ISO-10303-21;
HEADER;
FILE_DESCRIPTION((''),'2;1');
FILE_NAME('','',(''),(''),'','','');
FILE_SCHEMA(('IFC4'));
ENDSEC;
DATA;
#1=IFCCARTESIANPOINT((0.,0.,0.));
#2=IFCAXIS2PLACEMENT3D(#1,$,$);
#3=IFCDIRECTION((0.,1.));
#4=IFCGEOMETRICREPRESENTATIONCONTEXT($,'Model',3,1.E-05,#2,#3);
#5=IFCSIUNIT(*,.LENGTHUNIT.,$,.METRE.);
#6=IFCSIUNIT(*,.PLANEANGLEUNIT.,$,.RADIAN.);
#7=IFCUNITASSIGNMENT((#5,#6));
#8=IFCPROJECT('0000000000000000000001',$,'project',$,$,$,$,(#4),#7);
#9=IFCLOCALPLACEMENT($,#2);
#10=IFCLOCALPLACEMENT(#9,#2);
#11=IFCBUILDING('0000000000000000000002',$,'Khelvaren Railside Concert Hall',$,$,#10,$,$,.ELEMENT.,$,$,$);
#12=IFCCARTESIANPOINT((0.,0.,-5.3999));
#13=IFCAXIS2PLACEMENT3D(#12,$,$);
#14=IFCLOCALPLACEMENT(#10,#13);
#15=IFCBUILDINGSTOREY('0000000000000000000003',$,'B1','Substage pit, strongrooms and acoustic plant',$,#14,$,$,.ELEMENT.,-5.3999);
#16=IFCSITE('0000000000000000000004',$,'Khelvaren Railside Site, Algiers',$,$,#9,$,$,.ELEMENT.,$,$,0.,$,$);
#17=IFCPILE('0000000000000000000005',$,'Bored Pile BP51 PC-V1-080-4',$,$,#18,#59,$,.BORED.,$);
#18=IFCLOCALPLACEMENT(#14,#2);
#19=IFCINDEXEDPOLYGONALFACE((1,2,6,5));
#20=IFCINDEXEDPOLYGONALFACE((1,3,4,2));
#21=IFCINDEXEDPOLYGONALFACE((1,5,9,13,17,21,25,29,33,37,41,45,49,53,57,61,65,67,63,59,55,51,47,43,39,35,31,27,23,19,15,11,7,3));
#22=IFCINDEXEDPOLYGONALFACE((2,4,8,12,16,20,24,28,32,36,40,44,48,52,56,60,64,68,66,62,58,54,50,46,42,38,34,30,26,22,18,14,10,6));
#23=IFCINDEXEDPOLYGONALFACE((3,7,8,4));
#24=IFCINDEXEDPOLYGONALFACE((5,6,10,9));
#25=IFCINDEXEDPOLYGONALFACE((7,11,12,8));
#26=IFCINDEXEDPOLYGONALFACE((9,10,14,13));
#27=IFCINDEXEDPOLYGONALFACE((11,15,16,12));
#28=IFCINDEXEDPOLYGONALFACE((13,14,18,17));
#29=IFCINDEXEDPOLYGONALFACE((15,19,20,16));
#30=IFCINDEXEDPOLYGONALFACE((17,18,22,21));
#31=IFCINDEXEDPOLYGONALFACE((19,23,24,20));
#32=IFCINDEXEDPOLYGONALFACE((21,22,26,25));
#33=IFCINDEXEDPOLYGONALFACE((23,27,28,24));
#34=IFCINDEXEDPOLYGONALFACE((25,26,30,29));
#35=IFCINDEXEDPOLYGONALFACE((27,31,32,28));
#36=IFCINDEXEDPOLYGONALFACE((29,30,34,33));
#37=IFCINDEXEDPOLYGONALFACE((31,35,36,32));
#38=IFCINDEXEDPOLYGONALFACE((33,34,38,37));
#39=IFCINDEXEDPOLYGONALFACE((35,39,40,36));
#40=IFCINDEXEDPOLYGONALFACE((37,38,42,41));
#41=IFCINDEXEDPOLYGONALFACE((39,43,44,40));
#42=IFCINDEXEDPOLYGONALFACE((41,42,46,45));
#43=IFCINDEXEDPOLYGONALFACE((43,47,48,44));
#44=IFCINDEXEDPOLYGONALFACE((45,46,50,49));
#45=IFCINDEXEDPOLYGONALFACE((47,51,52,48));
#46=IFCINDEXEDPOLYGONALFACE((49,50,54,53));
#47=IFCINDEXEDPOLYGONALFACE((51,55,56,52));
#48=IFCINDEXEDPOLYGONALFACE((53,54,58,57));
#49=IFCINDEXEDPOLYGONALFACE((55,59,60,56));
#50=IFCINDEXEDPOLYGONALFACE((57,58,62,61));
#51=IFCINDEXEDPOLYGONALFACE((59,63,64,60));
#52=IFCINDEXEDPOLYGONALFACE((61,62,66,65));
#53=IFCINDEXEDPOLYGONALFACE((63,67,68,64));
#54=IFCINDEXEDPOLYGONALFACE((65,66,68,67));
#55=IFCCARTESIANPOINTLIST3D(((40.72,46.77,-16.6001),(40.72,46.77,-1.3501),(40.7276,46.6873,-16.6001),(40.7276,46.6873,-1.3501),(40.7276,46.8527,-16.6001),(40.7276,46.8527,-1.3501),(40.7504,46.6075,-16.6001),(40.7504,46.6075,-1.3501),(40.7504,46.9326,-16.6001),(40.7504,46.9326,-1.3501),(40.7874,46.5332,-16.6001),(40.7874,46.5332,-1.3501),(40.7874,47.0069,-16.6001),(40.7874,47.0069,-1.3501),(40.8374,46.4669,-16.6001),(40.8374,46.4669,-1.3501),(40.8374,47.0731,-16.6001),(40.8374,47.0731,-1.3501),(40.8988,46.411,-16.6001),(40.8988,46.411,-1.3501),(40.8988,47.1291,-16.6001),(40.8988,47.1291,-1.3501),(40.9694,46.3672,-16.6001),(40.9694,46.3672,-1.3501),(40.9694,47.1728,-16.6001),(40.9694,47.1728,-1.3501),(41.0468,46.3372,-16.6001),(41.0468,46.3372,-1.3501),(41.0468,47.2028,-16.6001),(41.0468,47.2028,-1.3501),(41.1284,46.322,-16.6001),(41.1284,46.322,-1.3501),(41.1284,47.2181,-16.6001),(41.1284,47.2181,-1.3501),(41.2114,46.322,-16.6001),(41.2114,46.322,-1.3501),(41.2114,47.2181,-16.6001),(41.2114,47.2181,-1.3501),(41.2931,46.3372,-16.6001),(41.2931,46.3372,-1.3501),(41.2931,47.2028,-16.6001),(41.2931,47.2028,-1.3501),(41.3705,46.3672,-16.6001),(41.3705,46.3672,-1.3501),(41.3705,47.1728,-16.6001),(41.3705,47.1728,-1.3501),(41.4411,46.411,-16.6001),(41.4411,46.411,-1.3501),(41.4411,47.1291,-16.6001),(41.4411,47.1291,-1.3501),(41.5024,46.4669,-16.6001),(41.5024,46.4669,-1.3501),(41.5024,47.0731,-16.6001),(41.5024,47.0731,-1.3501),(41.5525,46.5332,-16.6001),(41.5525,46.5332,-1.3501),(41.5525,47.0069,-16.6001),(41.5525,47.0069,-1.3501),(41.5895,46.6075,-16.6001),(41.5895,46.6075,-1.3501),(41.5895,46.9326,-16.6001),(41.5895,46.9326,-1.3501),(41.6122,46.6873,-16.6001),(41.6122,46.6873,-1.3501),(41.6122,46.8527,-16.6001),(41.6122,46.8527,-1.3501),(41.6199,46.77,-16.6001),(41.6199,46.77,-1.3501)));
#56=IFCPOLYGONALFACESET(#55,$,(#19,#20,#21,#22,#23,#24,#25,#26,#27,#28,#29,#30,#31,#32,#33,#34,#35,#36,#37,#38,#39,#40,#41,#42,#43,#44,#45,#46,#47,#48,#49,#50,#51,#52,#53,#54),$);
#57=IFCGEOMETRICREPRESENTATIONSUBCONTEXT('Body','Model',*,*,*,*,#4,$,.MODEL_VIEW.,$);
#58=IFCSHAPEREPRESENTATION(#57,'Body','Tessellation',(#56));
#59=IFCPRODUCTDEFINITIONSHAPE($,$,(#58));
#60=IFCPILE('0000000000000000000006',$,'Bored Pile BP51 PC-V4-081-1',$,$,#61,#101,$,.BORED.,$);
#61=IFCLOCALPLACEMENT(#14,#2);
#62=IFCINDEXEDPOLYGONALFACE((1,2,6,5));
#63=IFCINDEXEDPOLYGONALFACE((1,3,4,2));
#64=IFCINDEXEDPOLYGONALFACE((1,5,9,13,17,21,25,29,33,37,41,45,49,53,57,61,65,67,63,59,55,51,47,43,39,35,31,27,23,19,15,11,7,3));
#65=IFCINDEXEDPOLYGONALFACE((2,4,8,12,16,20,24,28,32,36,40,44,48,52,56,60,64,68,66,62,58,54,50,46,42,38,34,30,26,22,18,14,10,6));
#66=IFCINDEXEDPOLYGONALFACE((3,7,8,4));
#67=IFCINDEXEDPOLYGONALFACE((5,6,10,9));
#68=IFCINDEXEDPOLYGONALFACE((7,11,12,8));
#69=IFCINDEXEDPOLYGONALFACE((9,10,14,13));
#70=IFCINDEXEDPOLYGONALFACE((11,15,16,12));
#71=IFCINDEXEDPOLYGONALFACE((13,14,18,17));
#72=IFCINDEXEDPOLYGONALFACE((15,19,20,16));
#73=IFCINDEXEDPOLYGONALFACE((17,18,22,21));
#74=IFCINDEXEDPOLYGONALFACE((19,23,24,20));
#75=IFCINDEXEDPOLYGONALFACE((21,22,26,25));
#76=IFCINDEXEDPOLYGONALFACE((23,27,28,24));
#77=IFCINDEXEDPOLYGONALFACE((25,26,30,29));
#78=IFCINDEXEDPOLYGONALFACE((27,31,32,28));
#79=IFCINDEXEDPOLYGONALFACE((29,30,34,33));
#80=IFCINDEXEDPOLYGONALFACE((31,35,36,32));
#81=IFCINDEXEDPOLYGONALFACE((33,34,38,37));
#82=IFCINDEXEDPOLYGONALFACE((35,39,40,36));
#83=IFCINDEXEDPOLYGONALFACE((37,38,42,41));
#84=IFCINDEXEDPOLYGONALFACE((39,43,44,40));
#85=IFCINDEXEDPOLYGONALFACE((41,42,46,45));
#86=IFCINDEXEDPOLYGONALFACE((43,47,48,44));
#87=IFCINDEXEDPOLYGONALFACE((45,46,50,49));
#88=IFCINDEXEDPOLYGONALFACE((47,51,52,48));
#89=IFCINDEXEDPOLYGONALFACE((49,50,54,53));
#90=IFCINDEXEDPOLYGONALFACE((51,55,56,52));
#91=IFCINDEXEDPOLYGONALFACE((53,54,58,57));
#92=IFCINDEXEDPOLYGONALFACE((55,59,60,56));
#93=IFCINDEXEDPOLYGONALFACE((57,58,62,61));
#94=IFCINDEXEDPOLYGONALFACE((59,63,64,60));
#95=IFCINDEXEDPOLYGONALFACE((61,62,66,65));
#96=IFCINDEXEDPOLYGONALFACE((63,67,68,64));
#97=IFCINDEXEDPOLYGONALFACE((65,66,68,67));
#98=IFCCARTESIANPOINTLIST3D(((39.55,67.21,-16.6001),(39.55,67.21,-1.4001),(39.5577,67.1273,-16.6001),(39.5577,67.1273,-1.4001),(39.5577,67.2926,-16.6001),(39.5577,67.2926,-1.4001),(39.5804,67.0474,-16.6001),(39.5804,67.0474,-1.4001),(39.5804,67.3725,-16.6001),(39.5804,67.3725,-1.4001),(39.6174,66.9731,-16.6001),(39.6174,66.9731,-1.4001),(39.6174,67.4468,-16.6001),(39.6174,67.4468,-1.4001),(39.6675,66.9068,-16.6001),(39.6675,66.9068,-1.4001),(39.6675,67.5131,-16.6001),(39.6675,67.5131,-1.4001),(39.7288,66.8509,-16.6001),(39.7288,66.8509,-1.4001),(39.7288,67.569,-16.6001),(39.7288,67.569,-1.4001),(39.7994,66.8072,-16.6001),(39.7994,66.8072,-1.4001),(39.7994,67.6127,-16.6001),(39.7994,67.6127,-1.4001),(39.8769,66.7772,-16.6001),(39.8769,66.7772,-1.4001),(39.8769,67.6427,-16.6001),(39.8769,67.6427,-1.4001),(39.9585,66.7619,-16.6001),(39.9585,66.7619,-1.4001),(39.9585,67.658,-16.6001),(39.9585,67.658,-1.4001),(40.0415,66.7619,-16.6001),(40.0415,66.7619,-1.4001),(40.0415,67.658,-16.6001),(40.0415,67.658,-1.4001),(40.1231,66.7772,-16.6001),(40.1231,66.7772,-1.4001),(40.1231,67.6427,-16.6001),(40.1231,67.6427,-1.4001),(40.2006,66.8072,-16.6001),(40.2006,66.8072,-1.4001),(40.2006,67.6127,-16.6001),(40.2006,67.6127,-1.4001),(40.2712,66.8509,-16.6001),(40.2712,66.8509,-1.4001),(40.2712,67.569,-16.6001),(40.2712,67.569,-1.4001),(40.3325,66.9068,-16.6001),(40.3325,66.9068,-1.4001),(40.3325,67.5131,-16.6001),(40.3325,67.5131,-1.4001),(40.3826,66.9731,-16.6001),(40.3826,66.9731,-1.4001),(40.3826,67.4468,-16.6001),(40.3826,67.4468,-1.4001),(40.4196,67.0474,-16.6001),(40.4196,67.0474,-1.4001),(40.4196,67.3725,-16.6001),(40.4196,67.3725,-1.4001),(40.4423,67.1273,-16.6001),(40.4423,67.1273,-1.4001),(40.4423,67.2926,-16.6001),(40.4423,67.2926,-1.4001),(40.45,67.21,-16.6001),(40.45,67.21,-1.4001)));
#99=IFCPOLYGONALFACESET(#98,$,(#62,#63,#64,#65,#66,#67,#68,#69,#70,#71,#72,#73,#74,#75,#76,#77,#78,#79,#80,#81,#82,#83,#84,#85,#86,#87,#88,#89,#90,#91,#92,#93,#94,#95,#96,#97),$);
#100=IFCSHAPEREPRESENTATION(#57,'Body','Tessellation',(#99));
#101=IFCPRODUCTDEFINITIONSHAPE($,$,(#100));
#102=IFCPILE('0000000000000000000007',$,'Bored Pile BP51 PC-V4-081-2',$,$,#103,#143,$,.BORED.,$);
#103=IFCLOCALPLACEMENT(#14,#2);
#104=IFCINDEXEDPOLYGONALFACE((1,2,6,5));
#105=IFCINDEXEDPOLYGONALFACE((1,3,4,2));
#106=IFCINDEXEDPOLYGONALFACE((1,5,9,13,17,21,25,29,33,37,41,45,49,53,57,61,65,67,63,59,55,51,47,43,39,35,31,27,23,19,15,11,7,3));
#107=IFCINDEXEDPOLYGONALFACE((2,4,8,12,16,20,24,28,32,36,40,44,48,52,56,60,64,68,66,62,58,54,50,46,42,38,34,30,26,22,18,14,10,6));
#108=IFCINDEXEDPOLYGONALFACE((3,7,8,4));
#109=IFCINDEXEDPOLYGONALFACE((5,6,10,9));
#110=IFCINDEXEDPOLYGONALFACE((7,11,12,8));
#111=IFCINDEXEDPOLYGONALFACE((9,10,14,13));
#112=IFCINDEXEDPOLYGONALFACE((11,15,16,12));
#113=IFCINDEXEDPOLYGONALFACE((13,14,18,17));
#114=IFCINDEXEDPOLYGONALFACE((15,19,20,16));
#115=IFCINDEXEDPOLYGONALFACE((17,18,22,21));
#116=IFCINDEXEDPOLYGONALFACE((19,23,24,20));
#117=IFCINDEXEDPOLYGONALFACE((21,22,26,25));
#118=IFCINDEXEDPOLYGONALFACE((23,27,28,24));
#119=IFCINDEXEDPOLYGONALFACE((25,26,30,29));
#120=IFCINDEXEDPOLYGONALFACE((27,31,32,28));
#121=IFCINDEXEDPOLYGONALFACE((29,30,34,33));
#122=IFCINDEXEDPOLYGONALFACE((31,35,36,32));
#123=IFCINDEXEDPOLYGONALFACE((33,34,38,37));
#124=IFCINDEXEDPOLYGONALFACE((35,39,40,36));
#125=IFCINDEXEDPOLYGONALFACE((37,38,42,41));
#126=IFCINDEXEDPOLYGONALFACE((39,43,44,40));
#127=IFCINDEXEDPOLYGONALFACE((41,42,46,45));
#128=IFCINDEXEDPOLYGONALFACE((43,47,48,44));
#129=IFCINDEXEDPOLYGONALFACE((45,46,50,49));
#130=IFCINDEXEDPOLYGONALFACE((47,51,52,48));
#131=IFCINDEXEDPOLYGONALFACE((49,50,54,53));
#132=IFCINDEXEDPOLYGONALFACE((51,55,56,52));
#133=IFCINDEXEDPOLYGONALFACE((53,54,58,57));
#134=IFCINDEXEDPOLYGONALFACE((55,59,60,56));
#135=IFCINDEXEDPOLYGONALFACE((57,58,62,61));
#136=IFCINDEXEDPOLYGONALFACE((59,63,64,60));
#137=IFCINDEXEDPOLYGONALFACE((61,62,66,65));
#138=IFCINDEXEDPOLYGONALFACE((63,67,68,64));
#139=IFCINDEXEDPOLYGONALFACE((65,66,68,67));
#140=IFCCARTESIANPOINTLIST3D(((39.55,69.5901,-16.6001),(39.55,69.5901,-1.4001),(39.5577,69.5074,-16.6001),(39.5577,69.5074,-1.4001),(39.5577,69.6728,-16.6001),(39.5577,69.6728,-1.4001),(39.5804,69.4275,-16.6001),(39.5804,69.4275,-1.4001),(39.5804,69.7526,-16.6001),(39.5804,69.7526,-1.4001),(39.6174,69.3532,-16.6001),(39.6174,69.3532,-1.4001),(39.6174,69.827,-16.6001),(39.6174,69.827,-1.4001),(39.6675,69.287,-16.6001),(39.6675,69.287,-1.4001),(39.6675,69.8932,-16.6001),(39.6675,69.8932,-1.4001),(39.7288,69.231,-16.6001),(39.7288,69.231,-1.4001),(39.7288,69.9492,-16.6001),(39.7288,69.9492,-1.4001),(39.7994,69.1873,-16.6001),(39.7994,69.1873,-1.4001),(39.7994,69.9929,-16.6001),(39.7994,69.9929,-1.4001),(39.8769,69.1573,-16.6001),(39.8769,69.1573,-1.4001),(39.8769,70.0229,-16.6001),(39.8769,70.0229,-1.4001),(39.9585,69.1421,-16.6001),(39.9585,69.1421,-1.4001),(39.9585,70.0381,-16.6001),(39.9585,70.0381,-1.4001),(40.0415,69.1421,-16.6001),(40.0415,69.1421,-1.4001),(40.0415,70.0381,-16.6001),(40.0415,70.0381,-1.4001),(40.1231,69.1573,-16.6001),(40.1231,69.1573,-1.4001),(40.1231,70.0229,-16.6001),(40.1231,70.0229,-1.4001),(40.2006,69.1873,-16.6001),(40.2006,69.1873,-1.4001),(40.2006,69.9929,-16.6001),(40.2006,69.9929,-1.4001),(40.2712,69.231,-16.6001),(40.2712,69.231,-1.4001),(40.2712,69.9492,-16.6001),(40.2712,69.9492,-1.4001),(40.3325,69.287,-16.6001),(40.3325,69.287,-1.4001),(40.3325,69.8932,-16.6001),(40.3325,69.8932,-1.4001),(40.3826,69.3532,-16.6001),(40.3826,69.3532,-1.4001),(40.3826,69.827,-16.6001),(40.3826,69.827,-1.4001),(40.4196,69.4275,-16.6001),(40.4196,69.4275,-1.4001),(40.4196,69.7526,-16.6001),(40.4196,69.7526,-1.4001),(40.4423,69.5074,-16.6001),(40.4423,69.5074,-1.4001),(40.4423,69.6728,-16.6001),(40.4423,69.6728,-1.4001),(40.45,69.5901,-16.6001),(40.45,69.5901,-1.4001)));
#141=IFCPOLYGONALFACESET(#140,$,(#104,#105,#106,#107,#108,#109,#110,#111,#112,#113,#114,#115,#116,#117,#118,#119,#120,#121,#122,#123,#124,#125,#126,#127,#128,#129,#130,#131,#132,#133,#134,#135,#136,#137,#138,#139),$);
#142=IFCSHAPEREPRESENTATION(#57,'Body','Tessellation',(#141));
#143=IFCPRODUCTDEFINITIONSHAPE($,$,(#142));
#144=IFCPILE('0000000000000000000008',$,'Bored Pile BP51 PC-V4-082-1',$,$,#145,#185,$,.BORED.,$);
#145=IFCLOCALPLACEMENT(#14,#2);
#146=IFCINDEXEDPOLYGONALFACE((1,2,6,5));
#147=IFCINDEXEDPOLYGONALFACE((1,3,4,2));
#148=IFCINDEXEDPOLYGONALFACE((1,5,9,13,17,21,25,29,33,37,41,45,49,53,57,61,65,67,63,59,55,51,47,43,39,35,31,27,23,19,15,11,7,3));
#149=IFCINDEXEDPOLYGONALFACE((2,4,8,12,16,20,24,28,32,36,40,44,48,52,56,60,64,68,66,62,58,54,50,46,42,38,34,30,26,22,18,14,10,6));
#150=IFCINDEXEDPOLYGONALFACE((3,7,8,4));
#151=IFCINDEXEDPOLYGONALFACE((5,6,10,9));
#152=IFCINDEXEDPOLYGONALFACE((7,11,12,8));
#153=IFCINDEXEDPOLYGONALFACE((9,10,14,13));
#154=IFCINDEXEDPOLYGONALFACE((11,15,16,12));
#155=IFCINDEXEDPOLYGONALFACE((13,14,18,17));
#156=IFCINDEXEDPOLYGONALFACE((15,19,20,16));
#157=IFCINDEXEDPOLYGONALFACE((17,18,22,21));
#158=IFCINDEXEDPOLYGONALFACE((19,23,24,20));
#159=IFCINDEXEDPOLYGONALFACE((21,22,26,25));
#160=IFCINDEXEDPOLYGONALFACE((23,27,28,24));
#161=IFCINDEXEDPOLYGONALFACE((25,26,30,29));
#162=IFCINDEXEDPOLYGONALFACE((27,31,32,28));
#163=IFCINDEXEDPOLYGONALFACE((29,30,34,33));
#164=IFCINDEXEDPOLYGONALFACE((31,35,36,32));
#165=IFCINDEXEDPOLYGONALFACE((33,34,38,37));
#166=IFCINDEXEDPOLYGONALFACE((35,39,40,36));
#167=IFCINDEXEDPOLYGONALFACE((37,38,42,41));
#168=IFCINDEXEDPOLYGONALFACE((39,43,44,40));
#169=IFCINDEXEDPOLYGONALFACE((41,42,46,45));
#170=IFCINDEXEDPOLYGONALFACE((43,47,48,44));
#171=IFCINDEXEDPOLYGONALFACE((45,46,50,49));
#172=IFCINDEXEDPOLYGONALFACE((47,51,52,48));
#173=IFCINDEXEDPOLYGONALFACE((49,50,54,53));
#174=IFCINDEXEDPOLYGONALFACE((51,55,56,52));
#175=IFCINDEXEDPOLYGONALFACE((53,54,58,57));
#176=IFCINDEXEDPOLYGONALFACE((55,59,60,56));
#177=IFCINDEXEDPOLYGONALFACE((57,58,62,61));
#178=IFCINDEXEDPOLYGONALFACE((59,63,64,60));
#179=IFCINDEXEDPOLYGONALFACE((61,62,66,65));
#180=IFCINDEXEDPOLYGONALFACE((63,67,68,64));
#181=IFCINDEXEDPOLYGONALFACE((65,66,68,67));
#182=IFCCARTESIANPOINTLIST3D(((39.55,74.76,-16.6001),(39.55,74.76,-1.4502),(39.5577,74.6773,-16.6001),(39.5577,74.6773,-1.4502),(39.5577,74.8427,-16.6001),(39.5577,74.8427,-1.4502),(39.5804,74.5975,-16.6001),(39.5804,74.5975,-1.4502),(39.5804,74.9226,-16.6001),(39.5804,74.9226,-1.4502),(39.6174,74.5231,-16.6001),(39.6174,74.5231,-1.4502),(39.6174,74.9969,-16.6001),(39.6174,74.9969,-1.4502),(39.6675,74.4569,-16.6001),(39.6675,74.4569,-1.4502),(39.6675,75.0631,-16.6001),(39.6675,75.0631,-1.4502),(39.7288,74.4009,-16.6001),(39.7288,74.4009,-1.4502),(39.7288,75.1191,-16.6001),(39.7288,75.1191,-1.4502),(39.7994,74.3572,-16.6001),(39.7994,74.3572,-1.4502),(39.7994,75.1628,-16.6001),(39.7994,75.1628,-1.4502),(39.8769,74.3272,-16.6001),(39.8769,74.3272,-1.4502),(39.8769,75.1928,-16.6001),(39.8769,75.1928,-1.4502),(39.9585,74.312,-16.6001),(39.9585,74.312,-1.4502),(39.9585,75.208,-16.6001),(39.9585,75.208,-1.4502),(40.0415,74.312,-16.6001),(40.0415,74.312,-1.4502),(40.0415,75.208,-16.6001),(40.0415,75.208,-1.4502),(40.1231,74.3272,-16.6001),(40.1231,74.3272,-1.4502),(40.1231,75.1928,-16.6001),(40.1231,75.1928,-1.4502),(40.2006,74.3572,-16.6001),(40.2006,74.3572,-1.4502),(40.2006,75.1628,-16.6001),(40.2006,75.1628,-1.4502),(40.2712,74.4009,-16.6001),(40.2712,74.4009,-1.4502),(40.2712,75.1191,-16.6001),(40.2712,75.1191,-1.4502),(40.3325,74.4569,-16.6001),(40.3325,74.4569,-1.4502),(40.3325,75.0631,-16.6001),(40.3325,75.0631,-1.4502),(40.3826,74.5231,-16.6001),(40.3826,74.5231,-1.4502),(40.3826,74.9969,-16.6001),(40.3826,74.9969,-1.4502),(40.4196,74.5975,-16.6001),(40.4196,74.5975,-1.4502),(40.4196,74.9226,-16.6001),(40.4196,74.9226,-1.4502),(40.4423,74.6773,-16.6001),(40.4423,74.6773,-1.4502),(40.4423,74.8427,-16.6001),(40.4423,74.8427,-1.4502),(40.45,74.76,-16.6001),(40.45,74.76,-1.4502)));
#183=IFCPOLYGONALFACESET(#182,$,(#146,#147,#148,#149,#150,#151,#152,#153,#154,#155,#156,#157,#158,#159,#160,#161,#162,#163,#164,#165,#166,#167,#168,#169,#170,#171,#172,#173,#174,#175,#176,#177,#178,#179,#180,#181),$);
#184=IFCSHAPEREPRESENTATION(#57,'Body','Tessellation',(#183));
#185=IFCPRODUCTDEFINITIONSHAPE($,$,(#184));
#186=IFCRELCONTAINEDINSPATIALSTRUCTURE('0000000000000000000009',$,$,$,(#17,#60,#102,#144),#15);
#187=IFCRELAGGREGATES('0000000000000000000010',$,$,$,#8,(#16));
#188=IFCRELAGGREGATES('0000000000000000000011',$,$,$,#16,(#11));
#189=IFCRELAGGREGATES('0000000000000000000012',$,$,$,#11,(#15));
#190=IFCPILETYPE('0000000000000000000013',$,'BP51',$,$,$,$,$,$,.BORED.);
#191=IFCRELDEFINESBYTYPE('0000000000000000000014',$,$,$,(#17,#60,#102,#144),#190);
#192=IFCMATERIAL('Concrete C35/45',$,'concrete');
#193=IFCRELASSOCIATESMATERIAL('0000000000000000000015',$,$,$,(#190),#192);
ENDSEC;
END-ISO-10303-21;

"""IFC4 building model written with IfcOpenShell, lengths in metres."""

from ifc_helpers import new_model, si_unit, direction, frame, origin, origin_2d, place, context, subcontext, project, spatial, circle, extrude, material, material_profile, profile_set, type_object, element, save


model = new_model("IFC4")

# Units and contexts
model_context = context("Model", 3, precision=1e-05, world=origin(), true_north=direction((0.0, 1.0)))
body_context = subcontext(model_context, "Body", "Model", "MODEL_VIEW")
ifc_project = project(units=[si_unit("LENGTHUNIT", "METRE"), si_unit("PLANEANGLEUNIT", "RADIAN")], contexts=[model_context])

# Site, building, storey
site_placement = place(None, origin())
site = spatial("IfcSite", under=ifc_project, at=site_placement, Name="Khelvaren Railside Site, Algiers", CompositionType="ELEMENT", RefElevation=0.0)
building_placement = place(site_placement, origin())
building = spatial("IfcBuilding", under=site, at=building_placement, Name="Khelvaren Railside Concert Hall", CompositionType="ELEMENT")
storey_placement = place(building_placement, frame((0.0, 0.0, -5.3999)))
storey = spatial("IfcBuildingStorey", under=building, at=storey_placement, Name="B1", Description="Substage pit, strongrooms and acoustic plant", CompositionType="ELEMENT", Elevation=-5.3999)

# Piles
ifc_material_1 = material(Name="Concrete C35/45", Category="concrete")
ifc_material_profile_1 = material_profile(ifc_material_1, circle(Radius=0.45, at=origin_2d()), Name="BP D900")
ifc_profile_set_1 = profile_set([ifc_material_profile_1], Name="Concrete C35/45")
pile_type_1 = type_object("IfcPileType", Name="BP51", PredefinedType="BORED", material=ifc_profile_set_1)
for number, where, z_axis, x_axis, name in (
    (1, (41.1699, 46.77, -1.3501), (0.0, 0.0, -1.0), (1.0, 0.0, 0.0), "Bored Pile BP51 PC-V1-080-4"),
):
    element("IfcPile", number, at=place(storey_placement, frame(where, z_axis=z_axis, x_axis=x_axis)), inside=storey, type_object=pile_type_1, Name=name, PredefinedType="BORED", context=body_context, shape_type="SweptSolid", body=[
        extrude(circle(Radius=0.45, at=origin_2d()), origin(), (0.0, 0.0, 1.0), 15.25),
    ])
for number, where, z_axis, x_axis, name in (
    (2, (40.0, 67.21, -1.4001), (0.0, 0.0, -1.0), (1.0, 0.0, 0.0), "Bored Pile BP51 PC-V4-081-1"),
    (3, (40.0, 69.5901, -1.4001), (0.0, 0.0, -1.0), (1.0, 0.0, 0.0), "Bored Pile BP51 PC-V4-081-2"),
):
    element("IfcPile", number, at=place(storey_placement, frame(where, z_axis=z_axis, x_axis=x_axis)), inside=storey, type_object=pile_type_1, Name=name, PredefinedType="BORED", context=body_context, shape_type="SweptSolid", body=[
        extrude(circle(Radius=0.45, at=origin_2d()), origin(), (0.0, 0.0, 1.0), 15.2),
    ])
for number, where, z_axis, x_axis, name in (
    (4, (40.0, 74.76, -1.4502), (0.0, 0.0, -1.0), (1.0, 0.0, 0.0), "Bored Pile BP51 PC-V4-082-1"),
):
    element("IfcPile", number, at=place(storey_placement, frame(where, z_axis=z_axis, x_axis=x_axis)), inside=storey, type_object=pile_type_1, Name=name, PredefinedType="BORED", context=body_context, shape_type="SweptSolid", body=[
        extrude(circle(Radius=0.45, at=origin_2d()), origin(), (0.0, 0.0, 1.0), 15.1499),
    ])

save(model, "model.ifc")
